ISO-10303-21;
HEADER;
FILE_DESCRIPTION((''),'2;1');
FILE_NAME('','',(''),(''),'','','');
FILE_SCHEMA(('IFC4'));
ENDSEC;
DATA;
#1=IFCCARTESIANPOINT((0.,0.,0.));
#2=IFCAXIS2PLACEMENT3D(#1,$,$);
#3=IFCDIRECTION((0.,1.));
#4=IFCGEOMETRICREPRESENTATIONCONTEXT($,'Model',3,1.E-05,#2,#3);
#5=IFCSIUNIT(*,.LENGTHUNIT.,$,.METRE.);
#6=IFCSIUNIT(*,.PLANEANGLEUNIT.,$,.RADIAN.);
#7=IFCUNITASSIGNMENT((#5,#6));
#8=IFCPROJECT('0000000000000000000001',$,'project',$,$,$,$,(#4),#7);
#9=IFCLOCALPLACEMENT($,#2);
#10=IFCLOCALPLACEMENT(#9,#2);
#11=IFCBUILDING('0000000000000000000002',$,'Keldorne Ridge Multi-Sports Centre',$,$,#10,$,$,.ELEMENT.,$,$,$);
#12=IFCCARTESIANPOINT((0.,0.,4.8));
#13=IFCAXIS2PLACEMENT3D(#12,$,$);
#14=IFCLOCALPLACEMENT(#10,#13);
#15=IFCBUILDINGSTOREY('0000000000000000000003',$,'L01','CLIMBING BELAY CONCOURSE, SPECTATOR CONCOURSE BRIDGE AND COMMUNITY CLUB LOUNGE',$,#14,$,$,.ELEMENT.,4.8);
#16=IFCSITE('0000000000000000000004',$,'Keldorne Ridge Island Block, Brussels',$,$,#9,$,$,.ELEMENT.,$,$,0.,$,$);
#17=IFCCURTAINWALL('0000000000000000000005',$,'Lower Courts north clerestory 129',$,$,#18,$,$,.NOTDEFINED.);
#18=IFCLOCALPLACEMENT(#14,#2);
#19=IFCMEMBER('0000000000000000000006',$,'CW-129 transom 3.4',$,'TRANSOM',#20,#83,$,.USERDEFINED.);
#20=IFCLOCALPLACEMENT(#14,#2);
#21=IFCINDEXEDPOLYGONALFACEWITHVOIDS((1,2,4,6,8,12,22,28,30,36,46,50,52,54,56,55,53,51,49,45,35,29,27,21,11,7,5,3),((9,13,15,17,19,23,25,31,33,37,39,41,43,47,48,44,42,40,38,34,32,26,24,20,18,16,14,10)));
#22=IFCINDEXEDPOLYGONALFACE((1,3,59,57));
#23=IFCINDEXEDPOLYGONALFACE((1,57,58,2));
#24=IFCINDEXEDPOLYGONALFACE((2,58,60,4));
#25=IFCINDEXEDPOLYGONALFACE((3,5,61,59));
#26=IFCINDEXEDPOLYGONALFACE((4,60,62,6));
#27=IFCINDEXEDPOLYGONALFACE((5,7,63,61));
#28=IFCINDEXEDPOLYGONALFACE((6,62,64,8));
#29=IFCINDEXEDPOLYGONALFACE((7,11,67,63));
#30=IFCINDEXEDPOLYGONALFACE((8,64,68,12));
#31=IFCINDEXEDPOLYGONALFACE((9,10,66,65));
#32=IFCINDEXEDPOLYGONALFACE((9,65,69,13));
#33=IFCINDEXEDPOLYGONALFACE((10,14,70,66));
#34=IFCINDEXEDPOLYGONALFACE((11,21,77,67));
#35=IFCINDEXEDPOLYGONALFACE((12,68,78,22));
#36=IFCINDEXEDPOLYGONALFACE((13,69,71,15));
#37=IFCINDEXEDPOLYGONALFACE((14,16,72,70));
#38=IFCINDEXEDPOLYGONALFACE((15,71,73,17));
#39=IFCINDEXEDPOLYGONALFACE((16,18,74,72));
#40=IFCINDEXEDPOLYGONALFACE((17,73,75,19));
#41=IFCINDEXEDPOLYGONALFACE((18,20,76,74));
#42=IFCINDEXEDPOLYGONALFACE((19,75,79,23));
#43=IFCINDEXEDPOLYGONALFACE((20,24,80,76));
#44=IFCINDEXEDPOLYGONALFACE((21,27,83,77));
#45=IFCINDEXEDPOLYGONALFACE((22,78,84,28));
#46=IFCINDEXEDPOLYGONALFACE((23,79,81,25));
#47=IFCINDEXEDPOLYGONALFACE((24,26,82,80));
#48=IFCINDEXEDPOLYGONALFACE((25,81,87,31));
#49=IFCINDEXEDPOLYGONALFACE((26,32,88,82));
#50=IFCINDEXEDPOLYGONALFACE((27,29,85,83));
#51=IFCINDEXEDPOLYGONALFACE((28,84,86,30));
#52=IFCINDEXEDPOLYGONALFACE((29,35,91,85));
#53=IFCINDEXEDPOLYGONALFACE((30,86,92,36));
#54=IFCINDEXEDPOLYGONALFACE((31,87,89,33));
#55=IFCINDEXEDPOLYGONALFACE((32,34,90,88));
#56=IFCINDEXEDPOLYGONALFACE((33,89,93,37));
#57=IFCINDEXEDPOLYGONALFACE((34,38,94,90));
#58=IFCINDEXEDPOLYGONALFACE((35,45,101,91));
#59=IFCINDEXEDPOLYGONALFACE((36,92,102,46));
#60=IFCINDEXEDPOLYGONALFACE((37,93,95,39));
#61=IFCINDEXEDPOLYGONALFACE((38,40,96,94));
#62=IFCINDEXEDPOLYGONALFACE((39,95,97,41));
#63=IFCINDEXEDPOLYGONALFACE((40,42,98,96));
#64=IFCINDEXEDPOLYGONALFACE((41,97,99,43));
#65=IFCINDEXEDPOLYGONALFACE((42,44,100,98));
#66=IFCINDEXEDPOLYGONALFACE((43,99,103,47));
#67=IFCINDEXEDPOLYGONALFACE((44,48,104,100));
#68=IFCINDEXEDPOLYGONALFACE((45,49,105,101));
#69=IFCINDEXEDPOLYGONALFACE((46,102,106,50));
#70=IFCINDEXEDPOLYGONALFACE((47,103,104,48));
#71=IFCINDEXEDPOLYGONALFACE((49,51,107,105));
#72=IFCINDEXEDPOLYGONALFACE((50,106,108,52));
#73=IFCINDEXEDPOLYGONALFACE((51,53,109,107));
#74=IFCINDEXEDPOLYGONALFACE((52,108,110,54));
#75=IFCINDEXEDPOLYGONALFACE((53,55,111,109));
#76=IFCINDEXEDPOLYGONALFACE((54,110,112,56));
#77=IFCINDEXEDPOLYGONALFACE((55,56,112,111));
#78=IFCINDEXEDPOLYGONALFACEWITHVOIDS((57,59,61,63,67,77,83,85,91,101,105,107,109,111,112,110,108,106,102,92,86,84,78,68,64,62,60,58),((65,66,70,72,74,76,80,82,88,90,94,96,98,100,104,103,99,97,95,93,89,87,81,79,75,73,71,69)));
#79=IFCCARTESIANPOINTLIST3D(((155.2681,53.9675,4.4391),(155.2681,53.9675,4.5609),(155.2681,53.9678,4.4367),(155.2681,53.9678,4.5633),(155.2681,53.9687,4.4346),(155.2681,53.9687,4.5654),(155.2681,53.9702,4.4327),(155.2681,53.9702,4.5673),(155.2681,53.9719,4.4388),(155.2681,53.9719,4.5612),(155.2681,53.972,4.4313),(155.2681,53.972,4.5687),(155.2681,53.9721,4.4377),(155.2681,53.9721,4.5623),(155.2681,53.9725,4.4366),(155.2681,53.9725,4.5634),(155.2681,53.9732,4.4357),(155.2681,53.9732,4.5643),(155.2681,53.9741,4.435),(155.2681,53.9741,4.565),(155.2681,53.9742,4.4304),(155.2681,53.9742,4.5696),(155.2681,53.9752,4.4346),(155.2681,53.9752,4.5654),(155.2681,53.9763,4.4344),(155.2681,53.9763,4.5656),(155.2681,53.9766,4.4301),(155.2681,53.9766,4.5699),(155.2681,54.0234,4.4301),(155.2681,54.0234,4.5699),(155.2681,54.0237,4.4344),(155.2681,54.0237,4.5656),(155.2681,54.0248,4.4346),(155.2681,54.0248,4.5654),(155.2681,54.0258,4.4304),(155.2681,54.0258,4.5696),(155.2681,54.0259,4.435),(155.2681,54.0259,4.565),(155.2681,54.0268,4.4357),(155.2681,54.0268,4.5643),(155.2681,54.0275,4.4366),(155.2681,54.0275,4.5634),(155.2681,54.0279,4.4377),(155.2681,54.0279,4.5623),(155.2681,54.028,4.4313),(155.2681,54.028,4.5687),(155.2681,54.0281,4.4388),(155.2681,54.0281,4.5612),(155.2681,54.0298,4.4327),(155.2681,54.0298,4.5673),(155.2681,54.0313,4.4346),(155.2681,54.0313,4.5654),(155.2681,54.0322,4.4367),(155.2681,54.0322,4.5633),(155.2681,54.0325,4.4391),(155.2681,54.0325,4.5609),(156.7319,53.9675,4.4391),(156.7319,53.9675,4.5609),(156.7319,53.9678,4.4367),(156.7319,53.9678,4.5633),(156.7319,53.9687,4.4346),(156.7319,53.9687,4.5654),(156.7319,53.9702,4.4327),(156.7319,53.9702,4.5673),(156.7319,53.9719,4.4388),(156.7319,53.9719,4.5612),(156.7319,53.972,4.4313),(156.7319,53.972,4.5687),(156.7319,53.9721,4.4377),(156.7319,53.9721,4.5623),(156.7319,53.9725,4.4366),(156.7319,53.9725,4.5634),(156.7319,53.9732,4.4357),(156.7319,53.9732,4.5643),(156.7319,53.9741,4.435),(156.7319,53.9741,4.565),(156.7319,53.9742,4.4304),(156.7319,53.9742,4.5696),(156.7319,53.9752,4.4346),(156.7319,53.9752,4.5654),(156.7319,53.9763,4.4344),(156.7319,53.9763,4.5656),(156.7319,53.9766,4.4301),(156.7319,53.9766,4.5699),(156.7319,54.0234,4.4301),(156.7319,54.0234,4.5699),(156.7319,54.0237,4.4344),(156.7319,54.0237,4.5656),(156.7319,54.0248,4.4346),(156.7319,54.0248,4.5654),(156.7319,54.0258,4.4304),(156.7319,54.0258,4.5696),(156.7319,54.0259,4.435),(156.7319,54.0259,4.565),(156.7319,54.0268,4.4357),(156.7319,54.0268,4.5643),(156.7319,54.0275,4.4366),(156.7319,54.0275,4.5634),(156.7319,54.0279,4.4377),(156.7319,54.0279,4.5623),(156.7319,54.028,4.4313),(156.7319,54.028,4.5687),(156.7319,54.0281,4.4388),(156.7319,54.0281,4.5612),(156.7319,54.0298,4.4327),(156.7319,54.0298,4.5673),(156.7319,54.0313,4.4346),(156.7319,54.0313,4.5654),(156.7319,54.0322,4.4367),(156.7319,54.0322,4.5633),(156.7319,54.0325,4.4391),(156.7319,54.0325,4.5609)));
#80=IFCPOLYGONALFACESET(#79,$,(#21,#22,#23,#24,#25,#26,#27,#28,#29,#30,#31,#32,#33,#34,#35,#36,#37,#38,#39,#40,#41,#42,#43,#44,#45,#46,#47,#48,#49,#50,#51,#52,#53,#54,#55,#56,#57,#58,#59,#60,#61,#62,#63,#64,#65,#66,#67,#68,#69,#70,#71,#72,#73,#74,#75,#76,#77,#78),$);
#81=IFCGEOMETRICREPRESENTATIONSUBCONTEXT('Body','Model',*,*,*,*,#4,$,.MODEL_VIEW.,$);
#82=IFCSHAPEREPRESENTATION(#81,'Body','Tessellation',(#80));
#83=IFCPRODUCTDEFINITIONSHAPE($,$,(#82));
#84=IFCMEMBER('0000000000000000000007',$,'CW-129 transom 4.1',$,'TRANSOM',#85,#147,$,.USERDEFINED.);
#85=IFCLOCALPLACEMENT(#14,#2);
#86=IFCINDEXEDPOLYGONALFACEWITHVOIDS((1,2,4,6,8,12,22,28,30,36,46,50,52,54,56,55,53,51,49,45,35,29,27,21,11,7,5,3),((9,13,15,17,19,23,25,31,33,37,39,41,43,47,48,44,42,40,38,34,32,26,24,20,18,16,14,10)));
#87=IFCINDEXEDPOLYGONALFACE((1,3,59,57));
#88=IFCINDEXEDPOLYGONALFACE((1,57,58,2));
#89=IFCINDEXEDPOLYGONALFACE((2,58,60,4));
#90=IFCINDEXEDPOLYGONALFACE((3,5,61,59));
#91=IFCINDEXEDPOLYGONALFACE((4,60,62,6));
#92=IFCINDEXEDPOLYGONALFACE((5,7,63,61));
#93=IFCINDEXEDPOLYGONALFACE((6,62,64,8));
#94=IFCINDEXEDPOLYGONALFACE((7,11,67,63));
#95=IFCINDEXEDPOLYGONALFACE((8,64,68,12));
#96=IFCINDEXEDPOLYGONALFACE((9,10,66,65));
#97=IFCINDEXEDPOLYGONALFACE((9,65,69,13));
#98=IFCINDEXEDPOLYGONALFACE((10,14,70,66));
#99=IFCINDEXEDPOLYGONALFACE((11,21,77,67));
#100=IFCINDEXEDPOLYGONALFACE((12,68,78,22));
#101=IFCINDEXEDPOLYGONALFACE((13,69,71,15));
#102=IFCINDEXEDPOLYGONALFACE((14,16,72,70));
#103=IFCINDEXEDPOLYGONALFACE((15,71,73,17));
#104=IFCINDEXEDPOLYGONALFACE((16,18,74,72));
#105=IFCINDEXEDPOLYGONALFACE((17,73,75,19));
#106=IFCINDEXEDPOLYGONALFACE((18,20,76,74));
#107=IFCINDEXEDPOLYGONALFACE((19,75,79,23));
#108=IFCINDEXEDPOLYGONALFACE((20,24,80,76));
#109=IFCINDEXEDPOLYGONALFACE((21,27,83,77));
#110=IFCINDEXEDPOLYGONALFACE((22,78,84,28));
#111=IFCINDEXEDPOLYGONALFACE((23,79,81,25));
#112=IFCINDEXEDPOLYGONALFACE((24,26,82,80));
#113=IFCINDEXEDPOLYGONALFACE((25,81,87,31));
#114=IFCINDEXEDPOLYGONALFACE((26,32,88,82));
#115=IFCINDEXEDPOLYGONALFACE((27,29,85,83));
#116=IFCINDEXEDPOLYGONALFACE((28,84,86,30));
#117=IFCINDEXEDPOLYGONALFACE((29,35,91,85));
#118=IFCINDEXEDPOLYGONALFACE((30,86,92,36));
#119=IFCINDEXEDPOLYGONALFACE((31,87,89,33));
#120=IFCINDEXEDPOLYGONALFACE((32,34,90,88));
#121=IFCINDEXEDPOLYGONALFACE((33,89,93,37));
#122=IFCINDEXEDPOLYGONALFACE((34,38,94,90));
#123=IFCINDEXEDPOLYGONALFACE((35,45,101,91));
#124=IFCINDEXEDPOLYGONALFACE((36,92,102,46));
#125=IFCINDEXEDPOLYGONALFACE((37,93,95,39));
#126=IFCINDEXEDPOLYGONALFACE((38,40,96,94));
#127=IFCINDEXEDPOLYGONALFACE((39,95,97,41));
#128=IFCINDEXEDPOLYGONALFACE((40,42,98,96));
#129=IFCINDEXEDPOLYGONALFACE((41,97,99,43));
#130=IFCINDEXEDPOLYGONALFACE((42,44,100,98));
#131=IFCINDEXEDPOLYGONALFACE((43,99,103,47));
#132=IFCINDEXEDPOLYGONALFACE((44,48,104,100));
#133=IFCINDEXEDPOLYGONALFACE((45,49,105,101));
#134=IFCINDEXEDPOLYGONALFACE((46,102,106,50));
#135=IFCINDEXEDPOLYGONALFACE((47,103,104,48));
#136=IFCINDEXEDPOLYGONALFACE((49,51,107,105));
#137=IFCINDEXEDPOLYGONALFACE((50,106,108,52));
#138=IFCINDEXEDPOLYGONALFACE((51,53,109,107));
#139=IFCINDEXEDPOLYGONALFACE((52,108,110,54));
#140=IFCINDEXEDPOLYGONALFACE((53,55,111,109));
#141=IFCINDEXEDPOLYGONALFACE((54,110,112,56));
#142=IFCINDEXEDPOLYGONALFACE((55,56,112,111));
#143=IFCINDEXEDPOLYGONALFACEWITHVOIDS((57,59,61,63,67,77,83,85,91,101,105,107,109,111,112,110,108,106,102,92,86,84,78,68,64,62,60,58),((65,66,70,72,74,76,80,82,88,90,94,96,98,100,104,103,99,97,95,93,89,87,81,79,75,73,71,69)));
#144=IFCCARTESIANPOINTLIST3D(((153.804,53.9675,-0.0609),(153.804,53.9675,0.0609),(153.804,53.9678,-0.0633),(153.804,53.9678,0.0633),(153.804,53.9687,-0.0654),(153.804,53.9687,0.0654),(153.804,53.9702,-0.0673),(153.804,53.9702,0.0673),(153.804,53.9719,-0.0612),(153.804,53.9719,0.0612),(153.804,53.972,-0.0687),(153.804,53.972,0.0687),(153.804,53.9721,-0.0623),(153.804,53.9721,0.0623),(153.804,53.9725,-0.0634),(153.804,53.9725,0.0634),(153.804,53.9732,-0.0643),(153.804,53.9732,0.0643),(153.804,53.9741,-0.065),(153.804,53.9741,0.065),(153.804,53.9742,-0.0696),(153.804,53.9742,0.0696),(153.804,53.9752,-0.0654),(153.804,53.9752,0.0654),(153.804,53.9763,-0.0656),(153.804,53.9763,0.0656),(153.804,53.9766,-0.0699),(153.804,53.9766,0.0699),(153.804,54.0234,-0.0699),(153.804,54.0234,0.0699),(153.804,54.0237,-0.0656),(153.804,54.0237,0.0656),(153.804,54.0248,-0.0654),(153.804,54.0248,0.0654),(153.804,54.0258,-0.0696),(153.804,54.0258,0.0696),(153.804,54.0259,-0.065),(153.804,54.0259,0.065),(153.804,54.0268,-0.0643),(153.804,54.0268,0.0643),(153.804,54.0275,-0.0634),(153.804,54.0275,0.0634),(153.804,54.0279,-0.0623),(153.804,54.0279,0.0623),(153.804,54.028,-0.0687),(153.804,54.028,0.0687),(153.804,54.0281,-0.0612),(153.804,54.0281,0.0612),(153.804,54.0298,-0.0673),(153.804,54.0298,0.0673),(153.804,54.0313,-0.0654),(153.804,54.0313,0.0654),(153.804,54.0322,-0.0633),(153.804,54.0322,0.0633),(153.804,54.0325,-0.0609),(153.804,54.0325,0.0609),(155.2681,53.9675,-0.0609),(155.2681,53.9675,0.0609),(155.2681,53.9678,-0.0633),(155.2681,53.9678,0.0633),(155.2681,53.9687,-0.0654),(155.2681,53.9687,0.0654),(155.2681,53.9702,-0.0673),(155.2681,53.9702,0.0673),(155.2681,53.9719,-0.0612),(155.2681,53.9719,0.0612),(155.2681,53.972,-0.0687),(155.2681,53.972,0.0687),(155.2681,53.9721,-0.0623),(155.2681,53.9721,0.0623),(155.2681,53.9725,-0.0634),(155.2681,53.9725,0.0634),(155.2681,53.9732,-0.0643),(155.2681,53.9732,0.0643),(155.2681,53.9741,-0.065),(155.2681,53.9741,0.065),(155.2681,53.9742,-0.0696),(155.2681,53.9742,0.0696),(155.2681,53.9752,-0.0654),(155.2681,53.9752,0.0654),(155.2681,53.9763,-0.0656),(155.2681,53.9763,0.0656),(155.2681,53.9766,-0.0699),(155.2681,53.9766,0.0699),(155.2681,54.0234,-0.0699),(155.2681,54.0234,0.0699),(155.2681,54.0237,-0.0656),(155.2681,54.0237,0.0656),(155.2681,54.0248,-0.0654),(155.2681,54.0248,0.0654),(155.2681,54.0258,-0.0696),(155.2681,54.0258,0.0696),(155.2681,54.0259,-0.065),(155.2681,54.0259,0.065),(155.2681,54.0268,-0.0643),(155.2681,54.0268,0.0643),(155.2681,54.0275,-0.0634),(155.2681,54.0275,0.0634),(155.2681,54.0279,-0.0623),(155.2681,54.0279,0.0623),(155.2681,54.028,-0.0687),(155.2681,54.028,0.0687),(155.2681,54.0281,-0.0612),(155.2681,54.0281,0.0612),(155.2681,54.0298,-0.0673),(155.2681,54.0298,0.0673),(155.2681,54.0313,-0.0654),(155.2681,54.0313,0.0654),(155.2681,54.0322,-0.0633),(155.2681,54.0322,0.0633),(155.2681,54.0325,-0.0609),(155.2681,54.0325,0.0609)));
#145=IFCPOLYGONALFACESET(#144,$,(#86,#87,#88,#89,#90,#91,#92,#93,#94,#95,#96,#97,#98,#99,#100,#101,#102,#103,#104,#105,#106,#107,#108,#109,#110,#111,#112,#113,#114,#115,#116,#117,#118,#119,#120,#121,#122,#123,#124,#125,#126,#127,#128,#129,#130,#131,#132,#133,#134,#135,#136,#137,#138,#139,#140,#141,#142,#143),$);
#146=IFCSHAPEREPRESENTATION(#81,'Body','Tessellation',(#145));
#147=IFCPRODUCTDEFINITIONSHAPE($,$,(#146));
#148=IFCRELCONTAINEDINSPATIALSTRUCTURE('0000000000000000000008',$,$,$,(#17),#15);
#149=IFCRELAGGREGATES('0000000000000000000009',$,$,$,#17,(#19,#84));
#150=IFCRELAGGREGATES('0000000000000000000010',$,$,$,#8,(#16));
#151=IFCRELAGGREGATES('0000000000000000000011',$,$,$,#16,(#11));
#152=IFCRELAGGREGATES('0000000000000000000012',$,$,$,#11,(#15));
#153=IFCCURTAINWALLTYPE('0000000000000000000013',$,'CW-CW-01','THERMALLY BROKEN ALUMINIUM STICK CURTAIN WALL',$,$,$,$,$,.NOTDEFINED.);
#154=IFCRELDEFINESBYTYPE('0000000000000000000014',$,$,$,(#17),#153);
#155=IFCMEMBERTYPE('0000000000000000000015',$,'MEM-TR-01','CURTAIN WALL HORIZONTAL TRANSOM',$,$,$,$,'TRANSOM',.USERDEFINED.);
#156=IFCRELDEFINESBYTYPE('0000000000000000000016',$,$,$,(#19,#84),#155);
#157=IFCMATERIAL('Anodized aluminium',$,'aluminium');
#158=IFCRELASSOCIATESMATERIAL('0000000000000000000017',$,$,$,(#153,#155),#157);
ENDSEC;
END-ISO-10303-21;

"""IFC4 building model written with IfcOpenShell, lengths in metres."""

from ifc_helpers import new_model, si_unit, direction, frame, origin, origin_2d, place, context, subcontext, project, spatial, hollow_rectangle, extrude, material, material_profile, profile_set, type_object, element, aggregate, save


model = new_model("IFC4")

# Units and contexts
model_context = context("Model", 3, precision=1e-05, world=origin(), true_north=direction((0.0, 1.0)))
body_context = subcontext(model_context, "Body", "Model", "MODEL_VIEW")
ifc_project = project(units=[si_unit("LENGTHUNIT", "METRE"), si_unit("PLANEANGLEUNIT", "RADIAN")], contexts=[model_context])

# Site, building, storey
site_placement = place(None, origin())
site = spatial("IfcSite", under=ifc_project, at=site_placement, Name="Keldorne Ridge Island Block, Brussels", CompositionType="ELEMENT", RefElevation=0.0)
building_placement = place(site_placement, origin())
building = spatial("IfcBuilding", under=site, at=building_placement, Name="Keldorne Ridge Multi-Sports Centre", CompositionType="ELEMENT")
storey_placement = place(building_placement, frame((0.0, 0.0, 4.8)))
storey = spatial("IfcBuildingStorey", under=building, at=storey_placement, Name="L01", Description="CLIMBING BELAY CONCOURSE, SPECTATOR CONCOURSE BRIDGE AND COMMUNITY CLUB LOUNGE", CompositionType="ELEMENT", Elevation=4.8)

# Curtain wall, members
ifc_material_1 = material(Name="Anodized aluminium", Category="aluminium")
curtain_wall_type = type_object("IfcCurtainWallType", Name="CW-CW-01", Description="THERMALLY BROKEN ALUMINIUM STICK CURTAIN WALL", PredefinedType="NOTDEFINED", material=ifc_material_1)
curtain_wall_placement = place(storey_placement, origin())
curtain_wall = element("IfcCurtainWall", 1, at=curtain_wall_placement, inside=storey, type_object=curtain_wall_type, Name="Lower Courts north clerestory 129", PredefinedType="NOTDEFINED")
ifc_material_profile_1 = material_profile(ifc_material_1, hollow_rectangle(XDim=0.0649, YDim=0.1399, WallThickness=0.0044, InnerFilletRadius=0.0044, OuterFilletRadius=0.009, at=origin_2d()), Name="ALU TRANSOM 140x65x4.5")
ifc_profile_set_1 = profile_set([ifc_material_profile_1], Name="Anodized aluminium")
member_type_1 = type_object("IfcMemberType", Name="MEM-TR-01", Description="CURTAIN WALL HORIZONTAL TRANSOM", ElementType="TRANSOM", PredefinedType="USERDEFINED", material=ifc_profile_set_1)
member_1_placement = place(storey_placement, frame((156.7319, 54.0, 4.5), z_axis=(-1.0, 0.0, 0.0), x_axis=(0.0, -1.0, 0.0)))
member_1 = element("IfcMember", 2, at=member_1_placement, type_object=member_type_1, Name="CW-129 transom 3.4", ObjectType="TRANSOM", PredefinedType="USERDEFINED", context=body_context, shape_type="SweptSolid", body=[
    extrude(hollow_rectangle(XDim=0.0649, YDim=0.1399, WallThickness=0.0044, InnerFilletRadius=0.0044, OuterFilletRadius=0.009, at=origin_2d()), origin(), (0.0, 0.0, 1.0), 1.4639),
])
member_2_placement = place(storey_placement, frame((155.2681, 54.0, 0.0), z_axis=(-1.0, 0.0, 0.0), x_axis=(0.0, -1.0, 0.0)))
member_2 = element("IfcMember", 3, at=member_2_placement, type_object=member_type_1, Name="CW-129 transom 4.1", ObjectType="TRANSOM", PredefinedType="USERDEFINED", context=body_context, shape_type="SweptSolid", body=[
    extrude(hollow_rectangle(XDim=0.0649, YDim=0.1399, WallThickness=0.0044, InnerFilletRadius=0.0044, OuterFilletRadius=0.009, at=origin_2d()), origin(), (0.0, 0.0, 1.0), 1.4641),
])
aggregate(curtain_wall, [member_1, member_2])

save(model, "model.ifc")
